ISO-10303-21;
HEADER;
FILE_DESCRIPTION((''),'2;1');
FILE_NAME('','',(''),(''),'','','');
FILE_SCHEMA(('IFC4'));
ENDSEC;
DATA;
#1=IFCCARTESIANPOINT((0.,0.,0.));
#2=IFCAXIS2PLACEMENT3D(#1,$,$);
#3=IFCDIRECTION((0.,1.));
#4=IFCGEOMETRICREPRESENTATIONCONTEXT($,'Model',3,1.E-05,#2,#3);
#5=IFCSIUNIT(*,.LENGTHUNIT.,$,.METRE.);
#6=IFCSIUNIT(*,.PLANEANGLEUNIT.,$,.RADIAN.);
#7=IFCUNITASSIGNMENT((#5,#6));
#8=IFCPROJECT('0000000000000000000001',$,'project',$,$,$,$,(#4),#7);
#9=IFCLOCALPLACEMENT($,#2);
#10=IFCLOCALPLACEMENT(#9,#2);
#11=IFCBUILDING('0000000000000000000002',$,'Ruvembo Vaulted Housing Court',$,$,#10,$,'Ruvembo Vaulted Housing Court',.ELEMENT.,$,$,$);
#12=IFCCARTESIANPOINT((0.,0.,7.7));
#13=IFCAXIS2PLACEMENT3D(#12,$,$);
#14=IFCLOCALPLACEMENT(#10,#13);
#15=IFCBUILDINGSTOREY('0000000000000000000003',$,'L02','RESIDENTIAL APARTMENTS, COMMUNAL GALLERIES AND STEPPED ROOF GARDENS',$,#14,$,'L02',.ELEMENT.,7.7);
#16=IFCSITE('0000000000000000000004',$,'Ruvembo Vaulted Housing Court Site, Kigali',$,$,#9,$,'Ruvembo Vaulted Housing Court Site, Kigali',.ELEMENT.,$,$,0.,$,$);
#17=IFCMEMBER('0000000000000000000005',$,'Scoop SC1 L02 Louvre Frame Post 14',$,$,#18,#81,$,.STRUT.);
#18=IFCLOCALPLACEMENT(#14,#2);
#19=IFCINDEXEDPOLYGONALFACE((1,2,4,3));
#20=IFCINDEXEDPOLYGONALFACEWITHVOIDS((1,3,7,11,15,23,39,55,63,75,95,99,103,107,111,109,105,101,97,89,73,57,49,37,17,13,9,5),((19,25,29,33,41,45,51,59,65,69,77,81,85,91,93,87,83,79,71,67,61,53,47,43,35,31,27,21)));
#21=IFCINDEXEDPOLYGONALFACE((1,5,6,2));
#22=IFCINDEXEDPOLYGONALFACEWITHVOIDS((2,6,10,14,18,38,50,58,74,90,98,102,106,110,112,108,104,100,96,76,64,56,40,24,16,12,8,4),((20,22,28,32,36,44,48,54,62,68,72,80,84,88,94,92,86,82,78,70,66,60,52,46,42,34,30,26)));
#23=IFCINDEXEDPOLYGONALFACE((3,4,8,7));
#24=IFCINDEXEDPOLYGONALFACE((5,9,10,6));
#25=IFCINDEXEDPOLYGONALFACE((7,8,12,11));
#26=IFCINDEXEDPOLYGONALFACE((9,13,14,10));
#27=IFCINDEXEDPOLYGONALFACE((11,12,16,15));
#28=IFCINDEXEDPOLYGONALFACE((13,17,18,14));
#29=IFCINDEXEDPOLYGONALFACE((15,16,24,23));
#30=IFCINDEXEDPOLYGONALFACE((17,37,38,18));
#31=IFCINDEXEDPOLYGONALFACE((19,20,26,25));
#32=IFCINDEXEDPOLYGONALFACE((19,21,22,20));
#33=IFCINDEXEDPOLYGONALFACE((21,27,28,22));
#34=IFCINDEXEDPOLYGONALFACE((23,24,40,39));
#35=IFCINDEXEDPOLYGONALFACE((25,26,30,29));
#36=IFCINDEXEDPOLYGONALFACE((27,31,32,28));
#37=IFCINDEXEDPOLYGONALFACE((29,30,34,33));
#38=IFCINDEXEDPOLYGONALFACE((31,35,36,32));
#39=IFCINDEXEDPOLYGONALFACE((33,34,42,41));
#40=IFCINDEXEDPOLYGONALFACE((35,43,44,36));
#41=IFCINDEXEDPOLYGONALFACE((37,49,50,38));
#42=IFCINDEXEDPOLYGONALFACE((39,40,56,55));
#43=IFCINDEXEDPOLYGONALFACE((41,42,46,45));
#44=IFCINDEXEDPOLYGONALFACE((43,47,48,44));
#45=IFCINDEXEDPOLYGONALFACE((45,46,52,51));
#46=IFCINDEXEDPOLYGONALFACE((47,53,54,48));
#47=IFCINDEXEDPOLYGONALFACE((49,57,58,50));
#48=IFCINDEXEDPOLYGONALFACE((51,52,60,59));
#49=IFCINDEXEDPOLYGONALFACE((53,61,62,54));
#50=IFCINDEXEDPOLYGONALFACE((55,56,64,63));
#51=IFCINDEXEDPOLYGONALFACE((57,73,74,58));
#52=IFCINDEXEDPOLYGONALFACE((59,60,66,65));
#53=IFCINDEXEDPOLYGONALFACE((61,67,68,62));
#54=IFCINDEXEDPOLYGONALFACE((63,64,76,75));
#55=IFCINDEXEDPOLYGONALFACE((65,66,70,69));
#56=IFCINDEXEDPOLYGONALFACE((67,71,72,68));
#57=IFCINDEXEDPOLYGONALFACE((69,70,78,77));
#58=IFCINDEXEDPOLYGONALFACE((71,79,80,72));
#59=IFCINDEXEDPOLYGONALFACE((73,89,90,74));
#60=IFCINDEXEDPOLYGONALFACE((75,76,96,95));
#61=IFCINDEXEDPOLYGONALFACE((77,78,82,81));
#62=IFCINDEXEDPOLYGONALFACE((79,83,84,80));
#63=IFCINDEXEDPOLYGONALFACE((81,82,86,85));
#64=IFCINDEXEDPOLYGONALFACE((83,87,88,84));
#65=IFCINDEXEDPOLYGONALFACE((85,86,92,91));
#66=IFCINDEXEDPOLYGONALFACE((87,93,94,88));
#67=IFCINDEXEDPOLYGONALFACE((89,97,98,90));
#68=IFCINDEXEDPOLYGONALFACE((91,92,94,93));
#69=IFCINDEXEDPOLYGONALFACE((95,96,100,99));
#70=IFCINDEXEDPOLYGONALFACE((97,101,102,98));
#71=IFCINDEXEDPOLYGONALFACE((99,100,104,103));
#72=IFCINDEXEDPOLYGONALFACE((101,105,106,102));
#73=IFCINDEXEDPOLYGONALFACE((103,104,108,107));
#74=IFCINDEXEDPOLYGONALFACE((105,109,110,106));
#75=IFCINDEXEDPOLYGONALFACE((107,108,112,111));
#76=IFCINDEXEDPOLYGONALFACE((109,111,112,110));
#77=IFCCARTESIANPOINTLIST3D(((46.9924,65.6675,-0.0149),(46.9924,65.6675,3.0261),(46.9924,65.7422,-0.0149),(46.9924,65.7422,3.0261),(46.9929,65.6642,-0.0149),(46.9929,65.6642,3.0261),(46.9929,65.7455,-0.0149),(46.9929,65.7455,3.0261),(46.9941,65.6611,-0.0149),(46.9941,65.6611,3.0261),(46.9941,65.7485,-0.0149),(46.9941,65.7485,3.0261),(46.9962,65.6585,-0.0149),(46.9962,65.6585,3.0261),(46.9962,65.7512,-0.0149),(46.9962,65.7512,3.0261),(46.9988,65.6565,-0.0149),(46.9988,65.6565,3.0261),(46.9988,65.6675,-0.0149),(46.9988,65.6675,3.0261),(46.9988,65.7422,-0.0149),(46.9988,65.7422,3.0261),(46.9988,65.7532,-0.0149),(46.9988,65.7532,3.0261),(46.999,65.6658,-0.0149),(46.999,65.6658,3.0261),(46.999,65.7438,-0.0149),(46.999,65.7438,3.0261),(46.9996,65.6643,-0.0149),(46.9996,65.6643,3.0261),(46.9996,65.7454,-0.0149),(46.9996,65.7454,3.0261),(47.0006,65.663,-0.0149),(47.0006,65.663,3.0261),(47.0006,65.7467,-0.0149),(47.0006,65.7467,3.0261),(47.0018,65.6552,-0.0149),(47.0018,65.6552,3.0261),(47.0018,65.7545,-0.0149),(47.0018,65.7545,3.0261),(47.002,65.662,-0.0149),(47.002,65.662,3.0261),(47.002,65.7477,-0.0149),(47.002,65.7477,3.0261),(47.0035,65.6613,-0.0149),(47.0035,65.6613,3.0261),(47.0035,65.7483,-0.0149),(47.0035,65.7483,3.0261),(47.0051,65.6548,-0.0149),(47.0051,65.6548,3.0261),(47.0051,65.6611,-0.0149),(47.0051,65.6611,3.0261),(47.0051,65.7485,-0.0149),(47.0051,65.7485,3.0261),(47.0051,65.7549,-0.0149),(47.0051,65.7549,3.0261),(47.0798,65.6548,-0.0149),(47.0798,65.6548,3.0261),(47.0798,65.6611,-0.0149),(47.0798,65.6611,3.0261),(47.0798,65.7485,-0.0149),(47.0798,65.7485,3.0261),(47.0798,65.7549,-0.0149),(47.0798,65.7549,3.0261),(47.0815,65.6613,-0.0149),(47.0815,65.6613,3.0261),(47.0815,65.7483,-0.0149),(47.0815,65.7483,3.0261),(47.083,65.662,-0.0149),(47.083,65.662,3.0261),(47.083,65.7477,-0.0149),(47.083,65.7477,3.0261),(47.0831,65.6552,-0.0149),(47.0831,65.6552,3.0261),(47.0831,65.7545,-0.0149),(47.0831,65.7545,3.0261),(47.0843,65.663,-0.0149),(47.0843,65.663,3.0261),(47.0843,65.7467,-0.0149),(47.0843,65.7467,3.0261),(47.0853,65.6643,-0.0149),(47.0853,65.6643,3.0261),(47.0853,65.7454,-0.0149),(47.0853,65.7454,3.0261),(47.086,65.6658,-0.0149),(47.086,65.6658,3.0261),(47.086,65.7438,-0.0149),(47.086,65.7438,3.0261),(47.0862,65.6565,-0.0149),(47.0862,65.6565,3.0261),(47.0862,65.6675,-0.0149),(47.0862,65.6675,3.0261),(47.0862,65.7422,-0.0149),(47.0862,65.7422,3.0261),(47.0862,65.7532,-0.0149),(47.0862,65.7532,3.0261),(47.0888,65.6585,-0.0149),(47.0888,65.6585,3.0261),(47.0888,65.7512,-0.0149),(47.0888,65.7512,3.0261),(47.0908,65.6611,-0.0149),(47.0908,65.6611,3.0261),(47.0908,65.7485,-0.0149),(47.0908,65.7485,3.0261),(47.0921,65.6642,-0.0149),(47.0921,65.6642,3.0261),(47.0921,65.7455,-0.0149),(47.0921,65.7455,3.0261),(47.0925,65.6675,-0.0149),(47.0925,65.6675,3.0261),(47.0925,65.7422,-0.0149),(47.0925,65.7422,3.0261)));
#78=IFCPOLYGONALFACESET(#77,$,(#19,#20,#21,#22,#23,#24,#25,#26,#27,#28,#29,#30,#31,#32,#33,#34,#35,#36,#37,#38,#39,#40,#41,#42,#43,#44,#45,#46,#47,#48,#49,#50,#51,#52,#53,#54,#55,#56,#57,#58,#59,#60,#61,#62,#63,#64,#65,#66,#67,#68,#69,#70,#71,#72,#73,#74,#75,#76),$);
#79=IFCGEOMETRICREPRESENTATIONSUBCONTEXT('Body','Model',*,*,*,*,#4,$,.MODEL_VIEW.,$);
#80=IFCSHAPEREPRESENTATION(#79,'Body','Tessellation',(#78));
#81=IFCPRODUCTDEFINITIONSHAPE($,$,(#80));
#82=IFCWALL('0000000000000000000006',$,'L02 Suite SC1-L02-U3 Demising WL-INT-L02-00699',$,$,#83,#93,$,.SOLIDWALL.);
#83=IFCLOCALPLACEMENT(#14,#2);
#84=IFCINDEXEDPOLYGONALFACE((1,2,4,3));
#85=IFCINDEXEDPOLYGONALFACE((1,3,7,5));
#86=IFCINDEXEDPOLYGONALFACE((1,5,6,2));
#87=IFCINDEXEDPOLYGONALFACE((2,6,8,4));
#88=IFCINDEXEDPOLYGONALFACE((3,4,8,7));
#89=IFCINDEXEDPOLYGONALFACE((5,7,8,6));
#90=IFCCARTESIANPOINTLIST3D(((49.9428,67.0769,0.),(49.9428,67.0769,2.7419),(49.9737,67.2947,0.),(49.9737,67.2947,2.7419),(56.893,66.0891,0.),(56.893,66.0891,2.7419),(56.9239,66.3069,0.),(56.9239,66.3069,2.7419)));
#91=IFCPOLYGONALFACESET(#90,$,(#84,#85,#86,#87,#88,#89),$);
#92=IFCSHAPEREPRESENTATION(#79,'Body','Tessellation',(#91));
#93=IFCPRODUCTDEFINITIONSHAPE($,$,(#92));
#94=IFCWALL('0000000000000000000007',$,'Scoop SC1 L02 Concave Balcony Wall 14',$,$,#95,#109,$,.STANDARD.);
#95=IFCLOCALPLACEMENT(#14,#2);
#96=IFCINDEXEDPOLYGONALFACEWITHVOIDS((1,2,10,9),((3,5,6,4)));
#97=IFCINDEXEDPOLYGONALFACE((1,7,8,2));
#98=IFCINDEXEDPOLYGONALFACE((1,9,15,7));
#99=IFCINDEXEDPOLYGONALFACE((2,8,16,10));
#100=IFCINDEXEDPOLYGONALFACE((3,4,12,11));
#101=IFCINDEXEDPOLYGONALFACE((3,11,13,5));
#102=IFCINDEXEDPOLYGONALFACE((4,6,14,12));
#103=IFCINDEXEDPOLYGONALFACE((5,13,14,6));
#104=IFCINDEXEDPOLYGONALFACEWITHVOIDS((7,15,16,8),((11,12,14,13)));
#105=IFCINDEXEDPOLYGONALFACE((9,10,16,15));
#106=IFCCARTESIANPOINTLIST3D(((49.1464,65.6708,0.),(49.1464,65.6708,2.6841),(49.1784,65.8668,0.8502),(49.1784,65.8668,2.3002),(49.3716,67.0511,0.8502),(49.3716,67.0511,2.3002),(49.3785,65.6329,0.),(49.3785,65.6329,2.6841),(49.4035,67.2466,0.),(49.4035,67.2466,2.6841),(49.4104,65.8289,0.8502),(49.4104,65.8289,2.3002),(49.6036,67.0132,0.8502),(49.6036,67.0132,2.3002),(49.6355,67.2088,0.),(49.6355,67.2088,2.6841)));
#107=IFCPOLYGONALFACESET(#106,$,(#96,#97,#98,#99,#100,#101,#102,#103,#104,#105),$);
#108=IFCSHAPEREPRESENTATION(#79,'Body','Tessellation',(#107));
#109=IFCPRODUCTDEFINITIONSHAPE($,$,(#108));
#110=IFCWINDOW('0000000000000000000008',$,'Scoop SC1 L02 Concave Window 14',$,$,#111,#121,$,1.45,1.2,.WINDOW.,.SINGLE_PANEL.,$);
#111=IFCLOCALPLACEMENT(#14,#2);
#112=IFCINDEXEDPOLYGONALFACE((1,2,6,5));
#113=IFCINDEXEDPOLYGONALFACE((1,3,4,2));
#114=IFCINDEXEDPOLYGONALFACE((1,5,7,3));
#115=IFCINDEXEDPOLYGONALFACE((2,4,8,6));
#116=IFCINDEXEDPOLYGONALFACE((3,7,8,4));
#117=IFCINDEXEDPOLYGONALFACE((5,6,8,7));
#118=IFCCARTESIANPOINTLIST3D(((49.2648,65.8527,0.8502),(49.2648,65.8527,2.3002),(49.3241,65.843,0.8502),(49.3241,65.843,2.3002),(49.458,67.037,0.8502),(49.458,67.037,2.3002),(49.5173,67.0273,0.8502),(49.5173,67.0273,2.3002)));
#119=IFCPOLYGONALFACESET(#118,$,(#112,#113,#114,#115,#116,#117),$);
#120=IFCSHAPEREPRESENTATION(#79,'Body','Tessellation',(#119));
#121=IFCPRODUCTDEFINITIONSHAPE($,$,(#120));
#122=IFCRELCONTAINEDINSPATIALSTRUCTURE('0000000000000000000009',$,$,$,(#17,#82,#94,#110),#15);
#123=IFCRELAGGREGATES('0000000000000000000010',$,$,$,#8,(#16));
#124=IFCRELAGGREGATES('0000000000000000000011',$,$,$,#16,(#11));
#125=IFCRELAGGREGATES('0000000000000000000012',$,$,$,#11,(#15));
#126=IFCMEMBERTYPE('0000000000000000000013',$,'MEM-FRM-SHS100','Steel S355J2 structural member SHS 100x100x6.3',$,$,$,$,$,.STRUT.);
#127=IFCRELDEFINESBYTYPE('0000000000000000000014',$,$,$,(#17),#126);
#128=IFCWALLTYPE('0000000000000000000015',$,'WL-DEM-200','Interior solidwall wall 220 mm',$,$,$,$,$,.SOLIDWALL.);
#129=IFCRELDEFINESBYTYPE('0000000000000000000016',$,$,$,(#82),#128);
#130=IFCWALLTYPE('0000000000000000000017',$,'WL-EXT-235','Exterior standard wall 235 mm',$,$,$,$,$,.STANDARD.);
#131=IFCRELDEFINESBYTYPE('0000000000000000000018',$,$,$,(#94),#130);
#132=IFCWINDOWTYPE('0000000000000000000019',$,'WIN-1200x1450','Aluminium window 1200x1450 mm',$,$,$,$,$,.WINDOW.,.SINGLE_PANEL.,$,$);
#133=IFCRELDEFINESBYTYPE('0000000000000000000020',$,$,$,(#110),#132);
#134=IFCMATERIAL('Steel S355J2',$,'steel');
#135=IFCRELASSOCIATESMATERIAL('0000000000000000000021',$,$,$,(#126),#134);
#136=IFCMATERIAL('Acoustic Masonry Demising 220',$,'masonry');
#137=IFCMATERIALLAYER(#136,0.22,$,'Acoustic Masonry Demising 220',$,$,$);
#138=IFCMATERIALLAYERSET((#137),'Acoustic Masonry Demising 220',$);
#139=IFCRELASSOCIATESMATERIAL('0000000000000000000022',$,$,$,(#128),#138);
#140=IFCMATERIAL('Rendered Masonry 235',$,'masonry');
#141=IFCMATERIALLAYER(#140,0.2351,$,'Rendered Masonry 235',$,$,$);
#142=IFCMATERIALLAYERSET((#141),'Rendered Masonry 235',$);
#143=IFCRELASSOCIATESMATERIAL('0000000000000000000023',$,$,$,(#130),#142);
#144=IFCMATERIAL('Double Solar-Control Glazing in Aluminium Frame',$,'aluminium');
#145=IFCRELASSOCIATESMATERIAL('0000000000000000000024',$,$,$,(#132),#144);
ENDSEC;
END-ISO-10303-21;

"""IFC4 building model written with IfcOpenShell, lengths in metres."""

from ifc_helpers import new_model, si_unit, direction, frame, frame_2d, origin, origin_2d, place, context, subcontext, project, spatial, rectangle, hollow_rectangle, extrude, material, layer, layer_set, material_profile, profile_set, type_object, element, fill, save


model = new_model("IFC4")

# Units and contexts
model_context = context("Model", 3, precision=1e-05, world=origin(), true_north=direction((0.0, 1.0)))
body_context = subcontext(model_context, "Body", "Model", "MODEL_VIEW")
ifc_project = project(units=[si_unit("LENGTHUNIT", "METRE"), si_unit("PLANEANGLEUNIT", "RADIAN")], contexts=[model_context])

# Site, building, storey
site_placement = place(None, origin())
site = spatial("IfcSite", under=ifc_project, at=site_placement, Name="Ruvembo Vaulted Housing Court Site, Kigali", LongName="Ruvembo Vaulted Housing Court Site, Kigali", CompositionType="ELEMENT", RefElevation=0.0)
building_placement = place(site_placement, origin())
building = spatial("IfcBuilding", under=site, at=building_placement, Name="Ruvembo Vaulted Housing Court", LongName="Ruvembo Vaulted Housing Court", CompositionType="ELEMENT")
storey_placement = place(building_placement, frame((0.0, 0.0, 7.7)))
storey = spatial("IfcBuildingStorey", under=building, at=storey_placement, Name="L02", Description="RESIDENTIAL APARTMENTS, COMMUNAL GALLERIES AND STEPPED ROOF GARDENS", LongName="L02", CompositionType="ELEMENT", Elevation=7.7)

# Shared definitions
ifc_material_1 = material(Name="Steel S355J2", Category="steel")

# Member
ifc_material_profile_1 = material_profile(ifc_material_1, hollow_rectangle(XDim=0.1001, YDim=0.1001, WallThickness=0.0063, InnerFilletRadius=0.0063, OuterFilletRadius=0.0127, at=origin_2d()), Name="SHS 100x100x6.3")
ifc_profile_set_1 = profile_set([ifc_material_profile_1], Name="Steel S355J2")
member_type_1 = type_object("IfcMemberType", Name="MEM-FRM-SHS100", Description="Steel S355J2 structural member SHS 100x100x6.3", PredefinedType="STRUT", material=ifc_profile_set_1)
member_placement = place(storey_placement, frame((47.0425, 65.7048, -0.0149), z_axis=(0.0, 0.0, 1.0), x_axis=(1.0, 0.0, 0.0)))
element("IfcMember", 1, at=member_placement, inside=storey, type_object=member_type_1, Name="Scoop SC1 L02 Louvre Frame Post 14", PredefinedType="STRUT", context=body_context, shape_type="SweptSolid", body=[
    extrude(hollow_rectangle(XDim=0.1001, YDim=0.1001, WallThickness=0.0063, InnerFilletRadius=0.0063, OuterFilletRadius=0.0127, at=origin_2d()), origin(), (0.0, 0.0, 1.0), 3.041),
])

# Wall
ifc_material_2 = material(Name="Acoustic Masonry Demising 220", Category="masonry")
ifc_layer_1 = layer(ifc_material_2, 0.22, Name="Acoustic Masonry Demising 220")
ifc_layer_set_1 = layer_set([ifc_layer_1], Name="Acoustic Masonry Demising 220")
wall_type_1 = type_object("IfcWallType", Name="WL-DEM-200", Description="Interior solidwall wall 220 mm", PredefinedType="SOLIDWALL", material=ifc_layer_set_1)
wall_1_placement = place(storey_placement, frame((49.9583, 67.1858, 0.0), z_axis=(0.0, 0.0, 1.0), x_axis=(0.990051, -0.14071, 0.0)))
element("IfcWall", 2, at=wall_1_placement, inside=storey, type_object=wall_type_1, Name="L02 Suite SC1-L02-U3 Demising WL-INT-L02-00699", PredefinedType="SOLIDWALL", context=body_context, shape_type="SweptSolid", body=[
    extrude(rectangle(XDim=7.02, YDim=0.22, at=frame_2d((3.51, 0.0))), origin(), (0.0, 0.0, 1.0), 2.7419),
])

# Wall, opening, window
ifc_material_3 = material(Name="Rendered Masonry 235", Category="masonry")
ifc_layer_2 = layer(ifc_material_3, 0.2351, Name="Rendered Masonry 235")
ifc_layer_set_2 = layer_set([ifc_layer_2], Name="Rendered Masonry 235")
wall_type_2 = type_object("IfcWallType", Name="WL-EXT-235", Description="Exterior standard wall 235 mm", PredefinedType="STANDARD", material=ifc_layer_set_2)
wall_2_placement = place(storey_placement, frame((49.2625, 65.6519, 0.0), z_axis=(0.0, 0.0, 1.0), x_axis=(0.161001, 0.986954, 0.0)))
wall_2 = element("IfcWall", 3, at=wall_2_placement, inside=storey, type_object=wall_type_2, Name="Scoop SC1 L02 Concave Balcony Wall 14", PredefinedType="STANDARD", context=body_context, shape_type="SweptSolid", body=[
    extrude(rectangle(XDim=1.5967, YDim=0.2351, at=frame_2d((0.7983, 0.0))), origin(), (0.0, 0.0, 1.0), 2.6841),
])
opening_1_placement = place(wall_2_placement, frame((0.1985, 0.0, 0.8501)))
opening_1 = element("IfcOpeningElement", 4, at=opening_1_placement, cuts=wall_2, PredefinedType="OPENING", context=body_context, shape_type="SweptSolid", body=[
    extrude(rectangle(XDim=1.2, YDim=1.45, at=frame_2d((0.6001, 0.7251))), frame((0.0, 0.1274, 0.0), z_axis=(0.0, -1.0, 0.0), x_axis=(1.0, 0.0, 0.0)), (0.0, 0.0, 1.0), 0.2551),
])
ifc_material_4 = material(Name="Double Solar-Control Glazing in Aluminium Frame", Category="aluminium")
window_type = type_object("IfcWindowType", Name="WIN-1200x1450", Description="Aluminium window 1200x1450 mm", PartitioningType="SINGLE_PANEL", PredefinedType="WINDOW", material=ifc_material_4)
window_placement = place(opening_1_placement, origin())
window = element("IfcWindow", 5, at=window_placement, inside=storey, type_object=window_type, Name="Scoop SC1 L02 Concave Window 14", OverallHeight=1.45, OverallWidth=1.2, PartitioningType="SINGLE_PANEL", PredefinedType="WINDOW", context=body_context, shape_type="SweptSolid", body=[
    extrude(rectangle(XDim=1.2, YDim=1.45, at=frame_2d((0.6001, 0.7251))), frame((0.0, 0.03, 0.0), z_axis=(0.0, -1.0, 0.0), x_axis=(1.0, 0.0, 0.0)), (0.0, 0.0, 1.0), 0.0601),
])
fill(opening_1, window)

save(model, "model.ifc")
